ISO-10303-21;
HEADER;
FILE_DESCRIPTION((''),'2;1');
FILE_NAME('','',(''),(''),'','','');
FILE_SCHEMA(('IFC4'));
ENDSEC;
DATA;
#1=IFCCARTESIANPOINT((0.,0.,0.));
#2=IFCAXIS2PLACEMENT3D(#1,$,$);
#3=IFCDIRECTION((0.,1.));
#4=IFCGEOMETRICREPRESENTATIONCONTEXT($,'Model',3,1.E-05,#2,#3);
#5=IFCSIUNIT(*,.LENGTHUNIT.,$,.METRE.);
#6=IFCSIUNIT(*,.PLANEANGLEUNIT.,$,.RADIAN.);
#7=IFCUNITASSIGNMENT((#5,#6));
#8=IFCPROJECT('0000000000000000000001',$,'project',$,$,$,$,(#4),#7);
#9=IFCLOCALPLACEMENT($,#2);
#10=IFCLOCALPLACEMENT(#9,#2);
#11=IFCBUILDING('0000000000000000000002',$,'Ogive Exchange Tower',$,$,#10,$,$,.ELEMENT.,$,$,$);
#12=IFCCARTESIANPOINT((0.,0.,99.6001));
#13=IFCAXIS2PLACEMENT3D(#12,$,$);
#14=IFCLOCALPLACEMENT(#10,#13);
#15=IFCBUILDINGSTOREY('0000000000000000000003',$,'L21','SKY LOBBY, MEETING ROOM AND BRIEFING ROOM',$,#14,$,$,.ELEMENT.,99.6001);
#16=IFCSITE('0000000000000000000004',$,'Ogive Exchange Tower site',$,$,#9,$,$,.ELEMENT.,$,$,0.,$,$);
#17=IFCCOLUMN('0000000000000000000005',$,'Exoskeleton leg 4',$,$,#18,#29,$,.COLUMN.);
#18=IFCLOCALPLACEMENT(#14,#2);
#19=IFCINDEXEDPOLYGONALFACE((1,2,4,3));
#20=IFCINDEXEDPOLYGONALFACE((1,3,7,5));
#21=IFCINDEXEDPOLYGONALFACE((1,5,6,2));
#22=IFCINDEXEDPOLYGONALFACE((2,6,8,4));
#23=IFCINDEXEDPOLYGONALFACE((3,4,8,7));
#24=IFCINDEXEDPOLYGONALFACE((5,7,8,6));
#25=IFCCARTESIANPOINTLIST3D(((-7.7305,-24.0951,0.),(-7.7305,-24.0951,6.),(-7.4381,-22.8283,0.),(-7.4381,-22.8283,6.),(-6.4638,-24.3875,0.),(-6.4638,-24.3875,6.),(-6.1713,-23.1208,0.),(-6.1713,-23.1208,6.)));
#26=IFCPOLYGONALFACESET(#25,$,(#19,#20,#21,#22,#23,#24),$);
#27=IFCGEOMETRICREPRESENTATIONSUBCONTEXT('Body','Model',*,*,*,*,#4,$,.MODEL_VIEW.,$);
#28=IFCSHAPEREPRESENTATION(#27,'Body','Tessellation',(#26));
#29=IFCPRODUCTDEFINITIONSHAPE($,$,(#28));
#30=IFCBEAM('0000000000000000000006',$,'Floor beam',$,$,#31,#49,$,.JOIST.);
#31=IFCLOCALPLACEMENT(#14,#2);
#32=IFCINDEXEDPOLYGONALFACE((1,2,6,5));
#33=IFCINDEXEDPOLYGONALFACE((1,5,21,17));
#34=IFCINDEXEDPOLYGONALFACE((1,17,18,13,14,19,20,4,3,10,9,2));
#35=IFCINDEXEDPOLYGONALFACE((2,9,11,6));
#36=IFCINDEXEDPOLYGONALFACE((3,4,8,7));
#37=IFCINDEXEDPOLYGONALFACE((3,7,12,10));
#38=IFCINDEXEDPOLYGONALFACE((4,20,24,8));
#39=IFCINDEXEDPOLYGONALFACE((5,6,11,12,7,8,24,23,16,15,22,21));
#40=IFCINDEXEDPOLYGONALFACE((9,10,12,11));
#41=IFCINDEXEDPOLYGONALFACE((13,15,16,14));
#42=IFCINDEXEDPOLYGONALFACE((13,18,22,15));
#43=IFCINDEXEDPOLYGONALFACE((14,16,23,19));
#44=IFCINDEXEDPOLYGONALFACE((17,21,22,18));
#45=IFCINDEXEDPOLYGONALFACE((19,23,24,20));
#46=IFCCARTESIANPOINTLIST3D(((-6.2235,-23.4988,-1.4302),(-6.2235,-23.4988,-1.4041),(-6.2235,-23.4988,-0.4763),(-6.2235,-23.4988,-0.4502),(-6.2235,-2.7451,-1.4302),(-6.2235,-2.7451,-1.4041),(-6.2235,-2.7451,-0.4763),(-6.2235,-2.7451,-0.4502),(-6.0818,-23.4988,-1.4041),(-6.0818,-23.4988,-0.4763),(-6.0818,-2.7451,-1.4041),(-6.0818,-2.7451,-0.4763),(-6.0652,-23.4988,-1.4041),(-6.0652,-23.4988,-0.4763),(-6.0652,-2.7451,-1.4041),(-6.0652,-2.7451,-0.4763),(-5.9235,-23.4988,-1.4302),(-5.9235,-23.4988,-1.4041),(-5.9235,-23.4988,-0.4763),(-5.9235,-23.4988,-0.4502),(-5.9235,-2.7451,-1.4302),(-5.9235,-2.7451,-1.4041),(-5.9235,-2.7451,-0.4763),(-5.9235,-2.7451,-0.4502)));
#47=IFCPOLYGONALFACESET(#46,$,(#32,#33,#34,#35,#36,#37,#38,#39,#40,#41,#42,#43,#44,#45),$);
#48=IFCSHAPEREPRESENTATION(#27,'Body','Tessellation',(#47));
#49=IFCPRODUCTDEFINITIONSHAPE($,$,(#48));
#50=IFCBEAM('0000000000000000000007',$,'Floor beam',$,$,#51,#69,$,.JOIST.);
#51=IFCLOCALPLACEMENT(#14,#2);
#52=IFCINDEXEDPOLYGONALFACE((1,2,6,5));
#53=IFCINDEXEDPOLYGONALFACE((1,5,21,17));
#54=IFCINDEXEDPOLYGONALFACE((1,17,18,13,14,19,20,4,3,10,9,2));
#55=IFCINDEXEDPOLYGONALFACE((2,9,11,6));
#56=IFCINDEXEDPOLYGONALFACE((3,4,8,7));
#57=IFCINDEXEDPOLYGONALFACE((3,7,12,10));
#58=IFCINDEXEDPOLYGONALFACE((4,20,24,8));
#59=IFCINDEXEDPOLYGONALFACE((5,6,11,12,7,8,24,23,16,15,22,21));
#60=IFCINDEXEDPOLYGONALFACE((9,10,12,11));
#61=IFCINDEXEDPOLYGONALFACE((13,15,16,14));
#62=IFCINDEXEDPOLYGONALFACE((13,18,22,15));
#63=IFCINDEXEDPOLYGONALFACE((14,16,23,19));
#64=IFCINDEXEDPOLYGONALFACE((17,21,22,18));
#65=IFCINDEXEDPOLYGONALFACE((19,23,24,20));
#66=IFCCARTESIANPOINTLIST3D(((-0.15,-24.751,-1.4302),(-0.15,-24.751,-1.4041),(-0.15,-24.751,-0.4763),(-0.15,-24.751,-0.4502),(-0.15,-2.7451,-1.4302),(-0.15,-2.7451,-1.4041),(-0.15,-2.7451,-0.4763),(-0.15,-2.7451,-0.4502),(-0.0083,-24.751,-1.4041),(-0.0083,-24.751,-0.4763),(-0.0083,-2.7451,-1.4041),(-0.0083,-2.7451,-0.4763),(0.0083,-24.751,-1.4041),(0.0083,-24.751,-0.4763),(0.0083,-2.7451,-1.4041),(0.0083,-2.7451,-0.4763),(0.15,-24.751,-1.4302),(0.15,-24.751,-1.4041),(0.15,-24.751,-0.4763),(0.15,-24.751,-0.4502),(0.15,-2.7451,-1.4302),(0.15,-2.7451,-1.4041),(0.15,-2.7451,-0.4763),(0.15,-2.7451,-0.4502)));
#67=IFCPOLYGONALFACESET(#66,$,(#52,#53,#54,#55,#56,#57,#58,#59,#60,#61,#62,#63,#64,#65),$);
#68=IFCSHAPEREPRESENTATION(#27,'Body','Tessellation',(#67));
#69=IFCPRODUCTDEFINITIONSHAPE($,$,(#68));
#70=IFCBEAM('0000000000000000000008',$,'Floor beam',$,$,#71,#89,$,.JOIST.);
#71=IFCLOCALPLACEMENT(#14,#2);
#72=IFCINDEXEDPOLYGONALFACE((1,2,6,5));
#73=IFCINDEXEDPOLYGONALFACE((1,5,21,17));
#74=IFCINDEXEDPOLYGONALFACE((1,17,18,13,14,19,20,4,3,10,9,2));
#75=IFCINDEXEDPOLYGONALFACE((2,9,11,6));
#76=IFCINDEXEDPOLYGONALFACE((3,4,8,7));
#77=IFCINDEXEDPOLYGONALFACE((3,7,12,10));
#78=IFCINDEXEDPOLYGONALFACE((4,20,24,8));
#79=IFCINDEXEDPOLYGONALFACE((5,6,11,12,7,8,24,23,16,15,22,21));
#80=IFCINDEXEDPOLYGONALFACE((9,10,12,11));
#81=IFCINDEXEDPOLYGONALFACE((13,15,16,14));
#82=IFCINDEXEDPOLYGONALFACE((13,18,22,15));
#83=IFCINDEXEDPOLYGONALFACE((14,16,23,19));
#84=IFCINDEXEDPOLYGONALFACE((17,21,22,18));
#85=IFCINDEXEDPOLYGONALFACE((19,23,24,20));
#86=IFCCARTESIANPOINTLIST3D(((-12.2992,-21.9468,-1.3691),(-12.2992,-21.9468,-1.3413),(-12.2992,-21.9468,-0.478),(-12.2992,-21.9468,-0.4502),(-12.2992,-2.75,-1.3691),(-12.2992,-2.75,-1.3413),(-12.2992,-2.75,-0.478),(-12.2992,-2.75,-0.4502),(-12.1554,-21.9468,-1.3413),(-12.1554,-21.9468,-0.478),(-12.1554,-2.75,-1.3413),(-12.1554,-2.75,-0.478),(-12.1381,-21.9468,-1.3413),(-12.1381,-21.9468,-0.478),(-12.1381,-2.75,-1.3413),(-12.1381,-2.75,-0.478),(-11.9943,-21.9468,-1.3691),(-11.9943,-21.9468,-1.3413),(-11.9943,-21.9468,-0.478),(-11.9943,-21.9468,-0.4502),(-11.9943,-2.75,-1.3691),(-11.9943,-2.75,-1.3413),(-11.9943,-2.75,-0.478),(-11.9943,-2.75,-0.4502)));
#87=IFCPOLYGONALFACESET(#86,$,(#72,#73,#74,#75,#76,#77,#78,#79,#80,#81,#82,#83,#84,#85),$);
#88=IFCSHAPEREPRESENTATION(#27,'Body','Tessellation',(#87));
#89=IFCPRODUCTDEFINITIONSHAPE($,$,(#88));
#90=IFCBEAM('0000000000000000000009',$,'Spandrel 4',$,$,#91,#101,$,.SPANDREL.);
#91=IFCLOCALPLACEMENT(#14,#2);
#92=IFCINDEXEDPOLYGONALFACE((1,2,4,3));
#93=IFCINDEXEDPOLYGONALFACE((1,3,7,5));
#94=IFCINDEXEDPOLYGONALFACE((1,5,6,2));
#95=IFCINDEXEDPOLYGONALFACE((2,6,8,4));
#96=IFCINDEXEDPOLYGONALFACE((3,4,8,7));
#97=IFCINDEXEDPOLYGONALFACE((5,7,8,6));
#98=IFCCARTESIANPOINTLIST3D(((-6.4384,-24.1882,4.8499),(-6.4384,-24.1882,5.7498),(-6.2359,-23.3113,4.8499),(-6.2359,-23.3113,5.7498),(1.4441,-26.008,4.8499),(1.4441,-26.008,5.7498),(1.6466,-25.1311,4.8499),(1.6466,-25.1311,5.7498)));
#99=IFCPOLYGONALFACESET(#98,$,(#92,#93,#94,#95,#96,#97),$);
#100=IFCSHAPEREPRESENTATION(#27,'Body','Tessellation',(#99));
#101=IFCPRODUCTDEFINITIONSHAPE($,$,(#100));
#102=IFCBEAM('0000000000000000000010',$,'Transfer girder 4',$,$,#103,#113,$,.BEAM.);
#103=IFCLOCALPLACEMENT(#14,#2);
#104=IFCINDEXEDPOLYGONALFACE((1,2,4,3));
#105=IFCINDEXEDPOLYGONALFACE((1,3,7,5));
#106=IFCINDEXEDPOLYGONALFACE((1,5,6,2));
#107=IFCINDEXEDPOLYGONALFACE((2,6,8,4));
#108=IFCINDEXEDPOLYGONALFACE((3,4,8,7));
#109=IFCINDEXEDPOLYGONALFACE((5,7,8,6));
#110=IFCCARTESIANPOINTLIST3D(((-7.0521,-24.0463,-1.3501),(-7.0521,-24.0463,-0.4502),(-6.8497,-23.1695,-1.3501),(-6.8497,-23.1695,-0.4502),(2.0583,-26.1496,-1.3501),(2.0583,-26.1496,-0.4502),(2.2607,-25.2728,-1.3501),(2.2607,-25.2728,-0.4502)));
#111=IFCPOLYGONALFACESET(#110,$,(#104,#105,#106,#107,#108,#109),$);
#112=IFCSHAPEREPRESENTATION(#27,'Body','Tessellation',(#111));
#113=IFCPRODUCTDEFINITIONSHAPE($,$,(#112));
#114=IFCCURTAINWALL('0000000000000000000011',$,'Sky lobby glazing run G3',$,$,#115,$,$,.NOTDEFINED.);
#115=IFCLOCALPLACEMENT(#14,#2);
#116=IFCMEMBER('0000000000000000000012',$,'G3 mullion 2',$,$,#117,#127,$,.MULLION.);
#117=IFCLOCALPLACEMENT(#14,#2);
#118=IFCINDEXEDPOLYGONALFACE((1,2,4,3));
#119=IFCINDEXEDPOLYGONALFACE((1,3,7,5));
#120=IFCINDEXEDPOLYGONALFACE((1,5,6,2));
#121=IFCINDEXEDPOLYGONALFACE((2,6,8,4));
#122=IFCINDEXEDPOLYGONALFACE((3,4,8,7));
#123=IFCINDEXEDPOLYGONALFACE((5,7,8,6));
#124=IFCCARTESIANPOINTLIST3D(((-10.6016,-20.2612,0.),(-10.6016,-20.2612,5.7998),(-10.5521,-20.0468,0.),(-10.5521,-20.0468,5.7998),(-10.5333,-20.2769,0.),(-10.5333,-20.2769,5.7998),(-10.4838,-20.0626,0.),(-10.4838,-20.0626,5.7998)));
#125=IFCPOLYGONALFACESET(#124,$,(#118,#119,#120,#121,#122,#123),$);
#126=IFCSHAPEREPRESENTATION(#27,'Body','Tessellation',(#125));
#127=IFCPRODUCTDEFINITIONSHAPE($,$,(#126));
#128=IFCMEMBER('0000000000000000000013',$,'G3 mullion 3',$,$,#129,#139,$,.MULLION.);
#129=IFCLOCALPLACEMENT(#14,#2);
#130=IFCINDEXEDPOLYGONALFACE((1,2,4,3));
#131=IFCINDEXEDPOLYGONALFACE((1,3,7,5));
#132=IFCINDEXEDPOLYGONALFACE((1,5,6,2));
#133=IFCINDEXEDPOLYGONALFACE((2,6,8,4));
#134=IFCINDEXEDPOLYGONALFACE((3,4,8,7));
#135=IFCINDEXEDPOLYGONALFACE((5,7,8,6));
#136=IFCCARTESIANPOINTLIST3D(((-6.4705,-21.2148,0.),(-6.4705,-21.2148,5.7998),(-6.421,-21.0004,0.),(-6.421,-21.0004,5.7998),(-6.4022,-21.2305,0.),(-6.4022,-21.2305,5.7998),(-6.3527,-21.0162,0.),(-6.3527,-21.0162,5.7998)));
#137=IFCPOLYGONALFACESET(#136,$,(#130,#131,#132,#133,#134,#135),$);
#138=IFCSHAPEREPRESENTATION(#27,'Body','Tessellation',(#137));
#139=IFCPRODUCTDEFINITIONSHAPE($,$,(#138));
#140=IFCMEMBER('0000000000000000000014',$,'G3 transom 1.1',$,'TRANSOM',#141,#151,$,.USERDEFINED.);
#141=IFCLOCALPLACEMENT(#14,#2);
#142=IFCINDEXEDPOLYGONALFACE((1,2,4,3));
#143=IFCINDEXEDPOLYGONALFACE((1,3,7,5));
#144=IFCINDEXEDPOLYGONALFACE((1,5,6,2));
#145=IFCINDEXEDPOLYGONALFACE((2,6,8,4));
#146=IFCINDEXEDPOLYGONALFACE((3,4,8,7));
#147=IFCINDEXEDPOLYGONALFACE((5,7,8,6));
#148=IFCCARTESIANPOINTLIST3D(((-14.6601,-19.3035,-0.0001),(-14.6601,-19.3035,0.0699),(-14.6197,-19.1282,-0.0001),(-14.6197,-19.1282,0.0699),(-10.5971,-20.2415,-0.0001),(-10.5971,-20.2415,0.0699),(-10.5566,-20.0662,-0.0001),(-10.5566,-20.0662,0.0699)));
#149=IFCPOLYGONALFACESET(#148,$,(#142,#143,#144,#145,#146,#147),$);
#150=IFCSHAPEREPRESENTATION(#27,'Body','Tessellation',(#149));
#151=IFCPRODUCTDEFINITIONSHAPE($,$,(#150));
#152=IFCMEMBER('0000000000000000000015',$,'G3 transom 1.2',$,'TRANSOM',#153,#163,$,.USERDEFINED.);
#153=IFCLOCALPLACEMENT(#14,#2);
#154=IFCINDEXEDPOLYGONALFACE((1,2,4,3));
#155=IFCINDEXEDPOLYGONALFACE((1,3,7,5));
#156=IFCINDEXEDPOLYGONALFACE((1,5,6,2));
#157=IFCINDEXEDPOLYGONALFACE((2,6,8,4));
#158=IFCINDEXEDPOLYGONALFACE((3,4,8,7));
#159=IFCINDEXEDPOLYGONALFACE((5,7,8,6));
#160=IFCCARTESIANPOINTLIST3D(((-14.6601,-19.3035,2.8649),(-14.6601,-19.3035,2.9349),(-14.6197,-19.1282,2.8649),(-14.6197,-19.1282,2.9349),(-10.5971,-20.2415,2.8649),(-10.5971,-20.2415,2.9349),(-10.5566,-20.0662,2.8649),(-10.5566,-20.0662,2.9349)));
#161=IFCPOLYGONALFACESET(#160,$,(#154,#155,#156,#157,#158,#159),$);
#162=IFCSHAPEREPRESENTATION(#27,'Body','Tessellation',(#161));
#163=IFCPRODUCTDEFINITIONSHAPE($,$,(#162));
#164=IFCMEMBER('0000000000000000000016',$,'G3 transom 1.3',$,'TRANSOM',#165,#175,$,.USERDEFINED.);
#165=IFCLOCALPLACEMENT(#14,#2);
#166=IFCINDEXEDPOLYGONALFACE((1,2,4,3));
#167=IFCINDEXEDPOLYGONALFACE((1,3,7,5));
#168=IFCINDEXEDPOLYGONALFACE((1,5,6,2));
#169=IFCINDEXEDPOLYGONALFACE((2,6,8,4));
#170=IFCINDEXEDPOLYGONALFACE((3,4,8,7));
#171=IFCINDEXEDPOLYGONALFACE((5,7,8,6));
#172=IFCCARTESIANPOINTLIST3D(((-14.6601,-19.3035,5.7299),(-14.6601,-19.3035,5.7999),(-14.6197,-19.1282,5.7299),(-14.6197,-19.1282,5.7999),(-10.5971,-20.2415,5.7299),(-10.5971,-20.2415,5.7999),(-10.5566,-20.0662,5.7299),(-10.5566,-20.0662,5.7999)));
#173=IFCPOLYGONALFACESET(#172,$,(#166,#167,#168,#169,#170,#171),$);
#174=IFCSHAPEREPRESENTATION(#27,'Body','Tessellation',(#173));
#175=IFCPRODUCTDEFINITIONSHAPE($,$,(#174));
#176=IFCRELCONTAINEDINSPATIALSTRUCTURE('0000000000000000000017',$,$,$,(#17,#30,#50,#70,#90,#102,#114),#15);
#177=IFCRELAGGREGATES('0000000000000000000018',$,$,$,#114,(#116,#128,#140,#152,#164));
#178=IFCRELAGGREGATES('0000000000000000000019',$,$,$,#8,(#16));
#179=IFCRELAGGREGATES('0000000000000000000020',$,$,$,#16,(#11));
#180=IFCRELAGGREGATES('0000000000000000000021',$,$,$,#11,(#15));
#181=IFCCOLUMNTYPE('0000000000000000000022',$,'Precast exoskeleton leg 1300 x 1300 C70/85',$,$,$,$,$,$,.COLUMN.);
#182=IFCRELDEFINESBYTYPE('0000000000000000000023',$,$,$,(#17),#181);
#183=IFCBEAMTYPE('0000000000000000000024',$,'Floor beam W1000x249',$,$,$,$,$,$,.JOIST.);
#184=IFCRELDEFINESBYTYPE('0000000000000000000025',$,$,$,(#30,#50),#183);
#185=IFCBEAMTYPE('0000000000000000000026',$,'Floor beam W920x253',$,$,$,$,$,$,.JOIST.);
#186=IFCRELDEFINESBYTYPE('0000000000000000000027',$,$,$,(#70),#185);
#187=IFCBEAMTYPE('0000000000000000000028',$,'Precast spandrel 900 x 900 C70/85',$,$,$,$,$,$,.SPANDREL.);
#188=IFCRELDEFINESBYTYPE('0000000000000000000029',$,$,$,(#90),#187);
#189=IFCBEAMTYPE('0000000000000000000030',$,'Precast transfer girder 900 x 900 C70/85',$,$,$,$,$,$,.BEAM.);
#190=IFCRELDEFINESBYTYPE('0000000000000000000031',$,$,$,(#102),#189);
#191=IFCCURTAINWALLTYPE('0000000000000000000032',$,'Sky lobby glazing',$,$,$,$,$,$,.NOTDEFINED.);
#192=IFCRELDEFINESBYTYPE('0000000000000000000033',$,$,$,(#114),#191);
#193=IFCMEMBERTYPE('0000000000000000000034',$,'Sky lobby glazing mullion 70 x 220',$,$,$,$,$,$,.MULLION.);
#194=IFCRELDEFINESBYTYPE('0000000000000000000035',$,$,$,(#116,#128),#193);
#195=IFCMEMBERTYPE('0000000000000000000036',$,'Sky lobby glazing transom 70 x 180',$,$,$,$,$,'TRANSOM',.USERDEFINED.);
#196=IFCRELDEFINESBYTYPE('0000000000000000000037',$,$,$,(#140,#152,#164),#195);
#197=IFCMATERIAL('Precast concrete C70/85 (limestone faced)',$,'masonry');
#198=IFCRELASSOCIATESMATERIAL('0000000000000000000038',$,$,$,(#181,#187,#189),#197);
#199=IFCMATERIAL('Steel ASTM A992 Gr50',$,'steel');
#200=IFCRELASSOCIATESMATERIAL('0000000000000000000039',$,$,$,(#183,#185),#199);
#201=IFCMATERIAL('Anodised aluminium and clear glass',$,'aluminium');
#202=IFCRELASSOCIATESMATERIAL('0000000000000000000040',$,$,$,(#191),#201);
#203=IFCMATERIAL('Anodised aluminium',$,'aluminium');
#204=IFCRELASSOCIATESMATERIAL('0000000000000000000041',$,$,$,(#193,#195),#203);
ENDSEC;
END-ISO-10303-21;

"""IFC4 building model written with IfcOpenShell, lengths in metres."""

from ifc_helpers import new_model, si_unit, direction, frame, origin, origin_2d, place, context, subcontext, project, spatial, rectangle, i_section, extrude, material, material_profile, profile_set, type_object, element, aggregate, save


model = new_model("IFC4")

# Units and contexts
model_context = context("Model", 3, precision=1e-05, world=origin(), true_north=direction((0.0, 1.0)))
body_context = subcontext(model_context, "Body", "Model", "MODEL_VIEW")
ifc_project = project(units=[si_unit("LENGTHUNIT", "METRE"), si_unit("PLANEANGLEUNIT", "RADIAN")], contexts=[model_context])

# Site, building, storey
site_placement = place(None, origin())
site = spatial("IfcSite", under=ifc_project, at=site_placement, Name="Ogive Exchange Tower site", CompositionType="ELEMENT", RefElevation=0.0)
building_placement = place(site_placement, origin())
building = spatial("IfcBuilding", under=site, at=building_placement, Name="Ogive Exchange Tower", CompositionType="ELEMENT")
storey_placement = place(building_placement, frame((0.0, 0.0, 99.6001)))
storey = spatial("IfcBuildingStorey", under=building, at=storey_placement, Name="L21", Description="SKY LOBBY, MEETING ROOM AND BRIEFING ROOM", CompositionType="ELEMENT", Elevation=99.6001)

# Column
ifc_material_1 = material(Name="Precast concrete C70/85 (limestone faced)", Category="masonry")
ifc_material_profile_1 = material_profile(ifc_material_1, rectangle(XDim=1.3, YDim=1.3, at=origin_2d()), Name="1300 x 1300")
ifc_profile_set_1 = profile_set([ifc_material_profile_1], Name="Precast concrete C70/85 (limestone faced)")
column_type = type_object("IfcColumnType", Name="Precast exoskeleton leg 1300 x 1300 C70/85", PredefinedType="COLUMN", material=ifc_profile_set_1)
column_placement = place(storey_placement, frame((-6.9509, -23.6079, 0.0), z_axis=(0.0, 0.0, 1.0), x_axis=(0.97437, -0.224951, 0.0)))
element("IfcColumn", 1, at=column_placement, inside=storey, type_object=column_type, Name="Exoskeleton leg 4", PredefinedType="COLUMN", context=body_context, shape_type="SweptSolid", body=[
    extrude(rectangle(XDim=1.3, YDim=1.3, at=origin_2d()), origin(), (0.0, 0.0, 1.0), 6.0),
])

# Beams
ifc_material_2 = material(Name="Steel ASTM A992 Gr50", Category="steel")
ifc_material_profile_2 = material_profile(ifc_material_2, i_section(OverallWidth=0.3, OverallDepth=0.98, WebThickness=0.0166, FlangeThickness=0.0261, at=origin_2d()), Name="W1000x249")
ifc_profile_set_2 = profile_set([ifc_material_profile_2], Name="Steel ASTM A992 Gr50")
beam_type_1 = type_object("IfcBeamType", Name="Floor beam W1000x249", PredefinedType="JOIST", material=ifc_profile_set_2)
beam_1_placement = place(storey_placement, frame((-6.0735, -23.4988, -0.9402), z_axis=(0.0, 1.0, 0.0), x_axis=(-1.0, 0.0, 0.0)))
element("IfcBeam", 2, at=beam_1_placement, inside=storey, type_object=beam_type_1, Name="Floor beam", PredefinedType="JOIST", context=body_context, shape_type="SweptSolid", body=[
    extrude(i_section(OverallWidth=0.3, OverallDepth=0.98, WebThickness=0.0166, FlangeThickness=0.0261, at=origin_2d()), origin(), (0.0, 0.0, 1.0), 20.7537),
])
beam_2_placement = place(storey_placement, frame((0.0, -24.751, -0.9402), z_axis=(0.0, 1.0, 0.0), x_axis=(-1.0, 0.0, 0.0)))
element("IfcBeam", 3, at=beam_2_placement, inside=storey, type_object=beam_type_1, Name="Floor beam", PredefinedType="JOIST", context=body_context, shape_type="SweptSolid", body=[
    extrude(i_section(OverallWidth=0.3, OverallDepth=0.98, WebThickness=0.0166, FlangeThickness=0.0261, at=origin_2d()), origin(), (0.0, 0.0, 1.0), 22.0059),
])
ifc_material_profile_3 = material_profile(ifc_material_2, i_section(OverallWidth=0.3049, OverallDepth=0.9189, WebThickness=0.0173, FlangeThickness=0.0278, at=origin_2d()), Name="W920x253")
ifc_profile_set_3 = profile_set([ifc_material_profile_3], Name="Steel ASTM A992 Gr50")
beam_type_2 = type_object("IfcBeamType", Name="Floor beam W920x253", PredefinedType="JOIST", material=ifc_profile_set_3)
beam_3_placement = place(storey_placement, frame((-12.1467, -21.9468, -0.9097), z_axis=(0.0, 1.0, 0.0), x_axis=(-1.0, 0.0, 0.0)))
element("IfcBeam", 4, at=beam_3_placement, inside=storey, type_object=beam_type_2, Name="Floor beam", PredefinedType="JOIST", context=body_context, shape_type="SweptSolid", body=[
    extrude(i_section(OverallWidth=0.3049, OverallDepth=0.9189, WebThickness=0.0173, FlangeThickness=0.0278, at=origin_2d()), origin(), (0.0, 0.0, 1.0), 19.1968),
])
ifc_material_profile_4 = material_profile(ifc_material_1, rectangle(XDim=0.8999, YDim=0.8999, at=origin_2d()), Name="900 x 900")
ifc_profile_set_4 = profile_set([ifc_material_profile_4], Name="Precast concrete C70/85 (limestone faced)")
beam_type_3 = type_object("IfcBeamType", Name="Precast spandrel 900 x 900 C70/85", PredefinedType="SPANDREL", material=ifc_profile_set_4)
beam_4_placement = place(storey_placement, frame((-6.3372, -23.7498, 5.2998), z_axis=(0.97437, -0.22495, 0.0), x_axis=(0.22495, 0.97437, 0.0)))
element("IfcBeam", 5, at=beam_4_placement, inside=storey, type_object=beam_type_3, Name="Spandrel 4", PredefinedType="SPANDREL", context=body_context, shape_type="SweptSolid", body=[
    extrude(rectangle(XDim=0.8999, YDim=0.8999, at=origin_2d()), origin(), (0.0, 0.0, 1.0), 8.0898),
])
ifc_material_profile_5 = material_profile(ifc_material_1, rectangle(XDim=0.8999, YDim=0.8999, at=origin_2d()), Name="900 x 900")
ifc_profile_set_5 = profile_set([ifc_material_profile_5], Name="Precast concrete C70/85 (limestone faced)")
beam_type_4 = type_object("IfcBeamType", Name="Precast transfer girder 900 x 900 C70/85", PredefinedType="BEAM", material=ifc_profile_set_5)
beam_5_placement = place(storey_placement, frame((-6.9509, -23.6079, -0.9001), z_axis=(0.974371, -0.224949, 0.0), x_axis=(0.224949, 0.974371, 0.0)))
element("IfcBeam", 6, at=beam_5_placement, inside=storey, type_object=beam_type_4, Name="Transfer girder 4", PredefinedType="BEAM", context=body_context, shape_type="SweptSolid", body=[
    extrude(rectangle(XDim=0.8999, YDim=0.8999, at=origin_2d()), origin(), (0.0, 0.0, 1.0), 9.3501),
])

# Curtain wall, members
ifc_material_3 = material(Name="Anodised aluminium and clear glass", Category="aluminium")
curtain_wall_type = type_object("IfcCurtainWallType", Name="Sky lobby glazing", PredefinedType="NOTDEFINED", material=ifc_material_3)
curtain_wall_placement = place(storey_placement, origin())
curtain_wall = element("IfcCurtainWall", 7, at=curtain_wall_placement, inside=storey, type_object=curtain_wall_type, Name="Sky lobby glazing run G3", PredefinedType="NOTDEFINED")
ifc_material_4 = material(Name="Anodised aluminium", Category="aluminium")
ifc_material_profile_6 = material_profile(ifc_material_4, rectangle(XDim=0.22, YDim=0.0701, at=origin_2d()), Name="AL 70x220")
ifc_profile_set_6 = profile_set([ifc_material_profile_6], Name="Anodised aluminium")
member_type_1 = type_object("IfcMemberType", Name="Sky lobby glazing mullion 70 x 220", PredefinedType="MULLION", material=ifc_profile_set_6)
member_1_placement = place(storey_placement, frame((-10.5427, -20.1619, 0.0), z_axis=(0.0, 0.0, 1.0), x_axis=(0.224949, 0.97437, 0.0)))
member_1 = element("IfcMember", 8, at=member_1_placement, type_object=member_type_1, Name="G3 mullion 2", PredefinedType="MULLION", context=body_context, shape_type="SweptSolid", body=[
    extrude(rectangle(XDim=0.22, YDim=0.0701, at=origin_2d()), origin(), (0.0, 0.0, 1.0), 5.7998),
])
member_2_placement = place(storey_placement, frame((-6.4116, -21.1155, 0.0), z_axis=(0.0, 0.0, 1.0), x_axis=(0.224949, 0.97437, 0.0)))
member_2 = element("IfcMember", 9, at=member_2_placement, type_object=member_type_1, Name="G3 mullion 3", PredefinedType="MULLION", context=body_context, shape_type="SweptSolid", body=[
    extrude(rectangle(XDim=0.22, YDim=0.0701, at=origin_2d()), origin(), (0.0, 0.0, 1.0), 5.7998),
])
ifc_material_profile_7 = material_profile(ifc_material_4, rectangle(XDim=0.1799, YDim=0.0701, at=origin_2d()), Name="AL 70x180")
ifc_profile_set_7 = profile_set([ifc_material_profile_7], Name="Anodised aluminium")
member_type_2 = type_object("IfcMemberType", Name="Sky lobby glazing transom 70 x 180", ElementType="TRANSOM", PredefinedType="USERDEFINED", material=ifc_profile_set_7)
member_3_placement = place(storey_placement, frame((-14.6399, -19.2158, 0.0349), z_axis=(0.974371, -0.224945, 0.0), x_axis=(0.224945, 0.974371, 0.0)))
member_3 = element("IfcMember", 10, at=member_3_placement, type_object=member_type_2, Name="G3 transom 1.1", ObjectType="TRANSOM", PredefinedType="USERDEFINED", context=body_context, shape_type="SweptSolid", body=[
    extrude(rectangle(XDim=0.1799, YDim=0.0701, at=origin_2d()), origin(), (0.0, 0.0, 1.0), 4.1699),
])
member_4_placement = place(storey_placement, frame((-14.6399, -19.2158, 2.8999), z_axis=(0.974371, -0.224945, 0.0), x_axis=(0.224945, 0.974371, 0.0)))
member_4 = element("IfcMember", 11, at=member_4_placement, type_object=member_type_2, Name="G3 transom 1.2", ObjectType="TRANSOM", PredefinedType="USERDEFINED", context=body_context, shape_type="SweptSolid", body=[
    extrude(rectangle(XDim=0.1799, YDim=0.0701, at=origin_2d()), origin(), (0.0, 0.0, 1.0), 4.1699),
])
member_5_placement = place(storey_placement, frame((-14.6399, -19.2158, 5.7649), z_axis=(0.974371, -0.224945, 0.0), x_axis=(0.224945, 0.974371, 0.0)))
member_5 = element("IfcMember", 12, at=member_5_placement, type_object=member_type_2, Name="G3 transom 1.3", ObjectType="TRANSOM", PredefinedType="USERDEFINED", context=body_context, shape_type="SweptSolid", body=[
    extrude(rectangle(XDim=0.1799, YDim=0.0701, at=origin_2d()), origin(), (0.0, 0.0, 1.0), 4.1699),
])
aggregate(curtain_wall, [member_1, member_2, member_3, member_4, member_5])

save(model, "model.ifc")
